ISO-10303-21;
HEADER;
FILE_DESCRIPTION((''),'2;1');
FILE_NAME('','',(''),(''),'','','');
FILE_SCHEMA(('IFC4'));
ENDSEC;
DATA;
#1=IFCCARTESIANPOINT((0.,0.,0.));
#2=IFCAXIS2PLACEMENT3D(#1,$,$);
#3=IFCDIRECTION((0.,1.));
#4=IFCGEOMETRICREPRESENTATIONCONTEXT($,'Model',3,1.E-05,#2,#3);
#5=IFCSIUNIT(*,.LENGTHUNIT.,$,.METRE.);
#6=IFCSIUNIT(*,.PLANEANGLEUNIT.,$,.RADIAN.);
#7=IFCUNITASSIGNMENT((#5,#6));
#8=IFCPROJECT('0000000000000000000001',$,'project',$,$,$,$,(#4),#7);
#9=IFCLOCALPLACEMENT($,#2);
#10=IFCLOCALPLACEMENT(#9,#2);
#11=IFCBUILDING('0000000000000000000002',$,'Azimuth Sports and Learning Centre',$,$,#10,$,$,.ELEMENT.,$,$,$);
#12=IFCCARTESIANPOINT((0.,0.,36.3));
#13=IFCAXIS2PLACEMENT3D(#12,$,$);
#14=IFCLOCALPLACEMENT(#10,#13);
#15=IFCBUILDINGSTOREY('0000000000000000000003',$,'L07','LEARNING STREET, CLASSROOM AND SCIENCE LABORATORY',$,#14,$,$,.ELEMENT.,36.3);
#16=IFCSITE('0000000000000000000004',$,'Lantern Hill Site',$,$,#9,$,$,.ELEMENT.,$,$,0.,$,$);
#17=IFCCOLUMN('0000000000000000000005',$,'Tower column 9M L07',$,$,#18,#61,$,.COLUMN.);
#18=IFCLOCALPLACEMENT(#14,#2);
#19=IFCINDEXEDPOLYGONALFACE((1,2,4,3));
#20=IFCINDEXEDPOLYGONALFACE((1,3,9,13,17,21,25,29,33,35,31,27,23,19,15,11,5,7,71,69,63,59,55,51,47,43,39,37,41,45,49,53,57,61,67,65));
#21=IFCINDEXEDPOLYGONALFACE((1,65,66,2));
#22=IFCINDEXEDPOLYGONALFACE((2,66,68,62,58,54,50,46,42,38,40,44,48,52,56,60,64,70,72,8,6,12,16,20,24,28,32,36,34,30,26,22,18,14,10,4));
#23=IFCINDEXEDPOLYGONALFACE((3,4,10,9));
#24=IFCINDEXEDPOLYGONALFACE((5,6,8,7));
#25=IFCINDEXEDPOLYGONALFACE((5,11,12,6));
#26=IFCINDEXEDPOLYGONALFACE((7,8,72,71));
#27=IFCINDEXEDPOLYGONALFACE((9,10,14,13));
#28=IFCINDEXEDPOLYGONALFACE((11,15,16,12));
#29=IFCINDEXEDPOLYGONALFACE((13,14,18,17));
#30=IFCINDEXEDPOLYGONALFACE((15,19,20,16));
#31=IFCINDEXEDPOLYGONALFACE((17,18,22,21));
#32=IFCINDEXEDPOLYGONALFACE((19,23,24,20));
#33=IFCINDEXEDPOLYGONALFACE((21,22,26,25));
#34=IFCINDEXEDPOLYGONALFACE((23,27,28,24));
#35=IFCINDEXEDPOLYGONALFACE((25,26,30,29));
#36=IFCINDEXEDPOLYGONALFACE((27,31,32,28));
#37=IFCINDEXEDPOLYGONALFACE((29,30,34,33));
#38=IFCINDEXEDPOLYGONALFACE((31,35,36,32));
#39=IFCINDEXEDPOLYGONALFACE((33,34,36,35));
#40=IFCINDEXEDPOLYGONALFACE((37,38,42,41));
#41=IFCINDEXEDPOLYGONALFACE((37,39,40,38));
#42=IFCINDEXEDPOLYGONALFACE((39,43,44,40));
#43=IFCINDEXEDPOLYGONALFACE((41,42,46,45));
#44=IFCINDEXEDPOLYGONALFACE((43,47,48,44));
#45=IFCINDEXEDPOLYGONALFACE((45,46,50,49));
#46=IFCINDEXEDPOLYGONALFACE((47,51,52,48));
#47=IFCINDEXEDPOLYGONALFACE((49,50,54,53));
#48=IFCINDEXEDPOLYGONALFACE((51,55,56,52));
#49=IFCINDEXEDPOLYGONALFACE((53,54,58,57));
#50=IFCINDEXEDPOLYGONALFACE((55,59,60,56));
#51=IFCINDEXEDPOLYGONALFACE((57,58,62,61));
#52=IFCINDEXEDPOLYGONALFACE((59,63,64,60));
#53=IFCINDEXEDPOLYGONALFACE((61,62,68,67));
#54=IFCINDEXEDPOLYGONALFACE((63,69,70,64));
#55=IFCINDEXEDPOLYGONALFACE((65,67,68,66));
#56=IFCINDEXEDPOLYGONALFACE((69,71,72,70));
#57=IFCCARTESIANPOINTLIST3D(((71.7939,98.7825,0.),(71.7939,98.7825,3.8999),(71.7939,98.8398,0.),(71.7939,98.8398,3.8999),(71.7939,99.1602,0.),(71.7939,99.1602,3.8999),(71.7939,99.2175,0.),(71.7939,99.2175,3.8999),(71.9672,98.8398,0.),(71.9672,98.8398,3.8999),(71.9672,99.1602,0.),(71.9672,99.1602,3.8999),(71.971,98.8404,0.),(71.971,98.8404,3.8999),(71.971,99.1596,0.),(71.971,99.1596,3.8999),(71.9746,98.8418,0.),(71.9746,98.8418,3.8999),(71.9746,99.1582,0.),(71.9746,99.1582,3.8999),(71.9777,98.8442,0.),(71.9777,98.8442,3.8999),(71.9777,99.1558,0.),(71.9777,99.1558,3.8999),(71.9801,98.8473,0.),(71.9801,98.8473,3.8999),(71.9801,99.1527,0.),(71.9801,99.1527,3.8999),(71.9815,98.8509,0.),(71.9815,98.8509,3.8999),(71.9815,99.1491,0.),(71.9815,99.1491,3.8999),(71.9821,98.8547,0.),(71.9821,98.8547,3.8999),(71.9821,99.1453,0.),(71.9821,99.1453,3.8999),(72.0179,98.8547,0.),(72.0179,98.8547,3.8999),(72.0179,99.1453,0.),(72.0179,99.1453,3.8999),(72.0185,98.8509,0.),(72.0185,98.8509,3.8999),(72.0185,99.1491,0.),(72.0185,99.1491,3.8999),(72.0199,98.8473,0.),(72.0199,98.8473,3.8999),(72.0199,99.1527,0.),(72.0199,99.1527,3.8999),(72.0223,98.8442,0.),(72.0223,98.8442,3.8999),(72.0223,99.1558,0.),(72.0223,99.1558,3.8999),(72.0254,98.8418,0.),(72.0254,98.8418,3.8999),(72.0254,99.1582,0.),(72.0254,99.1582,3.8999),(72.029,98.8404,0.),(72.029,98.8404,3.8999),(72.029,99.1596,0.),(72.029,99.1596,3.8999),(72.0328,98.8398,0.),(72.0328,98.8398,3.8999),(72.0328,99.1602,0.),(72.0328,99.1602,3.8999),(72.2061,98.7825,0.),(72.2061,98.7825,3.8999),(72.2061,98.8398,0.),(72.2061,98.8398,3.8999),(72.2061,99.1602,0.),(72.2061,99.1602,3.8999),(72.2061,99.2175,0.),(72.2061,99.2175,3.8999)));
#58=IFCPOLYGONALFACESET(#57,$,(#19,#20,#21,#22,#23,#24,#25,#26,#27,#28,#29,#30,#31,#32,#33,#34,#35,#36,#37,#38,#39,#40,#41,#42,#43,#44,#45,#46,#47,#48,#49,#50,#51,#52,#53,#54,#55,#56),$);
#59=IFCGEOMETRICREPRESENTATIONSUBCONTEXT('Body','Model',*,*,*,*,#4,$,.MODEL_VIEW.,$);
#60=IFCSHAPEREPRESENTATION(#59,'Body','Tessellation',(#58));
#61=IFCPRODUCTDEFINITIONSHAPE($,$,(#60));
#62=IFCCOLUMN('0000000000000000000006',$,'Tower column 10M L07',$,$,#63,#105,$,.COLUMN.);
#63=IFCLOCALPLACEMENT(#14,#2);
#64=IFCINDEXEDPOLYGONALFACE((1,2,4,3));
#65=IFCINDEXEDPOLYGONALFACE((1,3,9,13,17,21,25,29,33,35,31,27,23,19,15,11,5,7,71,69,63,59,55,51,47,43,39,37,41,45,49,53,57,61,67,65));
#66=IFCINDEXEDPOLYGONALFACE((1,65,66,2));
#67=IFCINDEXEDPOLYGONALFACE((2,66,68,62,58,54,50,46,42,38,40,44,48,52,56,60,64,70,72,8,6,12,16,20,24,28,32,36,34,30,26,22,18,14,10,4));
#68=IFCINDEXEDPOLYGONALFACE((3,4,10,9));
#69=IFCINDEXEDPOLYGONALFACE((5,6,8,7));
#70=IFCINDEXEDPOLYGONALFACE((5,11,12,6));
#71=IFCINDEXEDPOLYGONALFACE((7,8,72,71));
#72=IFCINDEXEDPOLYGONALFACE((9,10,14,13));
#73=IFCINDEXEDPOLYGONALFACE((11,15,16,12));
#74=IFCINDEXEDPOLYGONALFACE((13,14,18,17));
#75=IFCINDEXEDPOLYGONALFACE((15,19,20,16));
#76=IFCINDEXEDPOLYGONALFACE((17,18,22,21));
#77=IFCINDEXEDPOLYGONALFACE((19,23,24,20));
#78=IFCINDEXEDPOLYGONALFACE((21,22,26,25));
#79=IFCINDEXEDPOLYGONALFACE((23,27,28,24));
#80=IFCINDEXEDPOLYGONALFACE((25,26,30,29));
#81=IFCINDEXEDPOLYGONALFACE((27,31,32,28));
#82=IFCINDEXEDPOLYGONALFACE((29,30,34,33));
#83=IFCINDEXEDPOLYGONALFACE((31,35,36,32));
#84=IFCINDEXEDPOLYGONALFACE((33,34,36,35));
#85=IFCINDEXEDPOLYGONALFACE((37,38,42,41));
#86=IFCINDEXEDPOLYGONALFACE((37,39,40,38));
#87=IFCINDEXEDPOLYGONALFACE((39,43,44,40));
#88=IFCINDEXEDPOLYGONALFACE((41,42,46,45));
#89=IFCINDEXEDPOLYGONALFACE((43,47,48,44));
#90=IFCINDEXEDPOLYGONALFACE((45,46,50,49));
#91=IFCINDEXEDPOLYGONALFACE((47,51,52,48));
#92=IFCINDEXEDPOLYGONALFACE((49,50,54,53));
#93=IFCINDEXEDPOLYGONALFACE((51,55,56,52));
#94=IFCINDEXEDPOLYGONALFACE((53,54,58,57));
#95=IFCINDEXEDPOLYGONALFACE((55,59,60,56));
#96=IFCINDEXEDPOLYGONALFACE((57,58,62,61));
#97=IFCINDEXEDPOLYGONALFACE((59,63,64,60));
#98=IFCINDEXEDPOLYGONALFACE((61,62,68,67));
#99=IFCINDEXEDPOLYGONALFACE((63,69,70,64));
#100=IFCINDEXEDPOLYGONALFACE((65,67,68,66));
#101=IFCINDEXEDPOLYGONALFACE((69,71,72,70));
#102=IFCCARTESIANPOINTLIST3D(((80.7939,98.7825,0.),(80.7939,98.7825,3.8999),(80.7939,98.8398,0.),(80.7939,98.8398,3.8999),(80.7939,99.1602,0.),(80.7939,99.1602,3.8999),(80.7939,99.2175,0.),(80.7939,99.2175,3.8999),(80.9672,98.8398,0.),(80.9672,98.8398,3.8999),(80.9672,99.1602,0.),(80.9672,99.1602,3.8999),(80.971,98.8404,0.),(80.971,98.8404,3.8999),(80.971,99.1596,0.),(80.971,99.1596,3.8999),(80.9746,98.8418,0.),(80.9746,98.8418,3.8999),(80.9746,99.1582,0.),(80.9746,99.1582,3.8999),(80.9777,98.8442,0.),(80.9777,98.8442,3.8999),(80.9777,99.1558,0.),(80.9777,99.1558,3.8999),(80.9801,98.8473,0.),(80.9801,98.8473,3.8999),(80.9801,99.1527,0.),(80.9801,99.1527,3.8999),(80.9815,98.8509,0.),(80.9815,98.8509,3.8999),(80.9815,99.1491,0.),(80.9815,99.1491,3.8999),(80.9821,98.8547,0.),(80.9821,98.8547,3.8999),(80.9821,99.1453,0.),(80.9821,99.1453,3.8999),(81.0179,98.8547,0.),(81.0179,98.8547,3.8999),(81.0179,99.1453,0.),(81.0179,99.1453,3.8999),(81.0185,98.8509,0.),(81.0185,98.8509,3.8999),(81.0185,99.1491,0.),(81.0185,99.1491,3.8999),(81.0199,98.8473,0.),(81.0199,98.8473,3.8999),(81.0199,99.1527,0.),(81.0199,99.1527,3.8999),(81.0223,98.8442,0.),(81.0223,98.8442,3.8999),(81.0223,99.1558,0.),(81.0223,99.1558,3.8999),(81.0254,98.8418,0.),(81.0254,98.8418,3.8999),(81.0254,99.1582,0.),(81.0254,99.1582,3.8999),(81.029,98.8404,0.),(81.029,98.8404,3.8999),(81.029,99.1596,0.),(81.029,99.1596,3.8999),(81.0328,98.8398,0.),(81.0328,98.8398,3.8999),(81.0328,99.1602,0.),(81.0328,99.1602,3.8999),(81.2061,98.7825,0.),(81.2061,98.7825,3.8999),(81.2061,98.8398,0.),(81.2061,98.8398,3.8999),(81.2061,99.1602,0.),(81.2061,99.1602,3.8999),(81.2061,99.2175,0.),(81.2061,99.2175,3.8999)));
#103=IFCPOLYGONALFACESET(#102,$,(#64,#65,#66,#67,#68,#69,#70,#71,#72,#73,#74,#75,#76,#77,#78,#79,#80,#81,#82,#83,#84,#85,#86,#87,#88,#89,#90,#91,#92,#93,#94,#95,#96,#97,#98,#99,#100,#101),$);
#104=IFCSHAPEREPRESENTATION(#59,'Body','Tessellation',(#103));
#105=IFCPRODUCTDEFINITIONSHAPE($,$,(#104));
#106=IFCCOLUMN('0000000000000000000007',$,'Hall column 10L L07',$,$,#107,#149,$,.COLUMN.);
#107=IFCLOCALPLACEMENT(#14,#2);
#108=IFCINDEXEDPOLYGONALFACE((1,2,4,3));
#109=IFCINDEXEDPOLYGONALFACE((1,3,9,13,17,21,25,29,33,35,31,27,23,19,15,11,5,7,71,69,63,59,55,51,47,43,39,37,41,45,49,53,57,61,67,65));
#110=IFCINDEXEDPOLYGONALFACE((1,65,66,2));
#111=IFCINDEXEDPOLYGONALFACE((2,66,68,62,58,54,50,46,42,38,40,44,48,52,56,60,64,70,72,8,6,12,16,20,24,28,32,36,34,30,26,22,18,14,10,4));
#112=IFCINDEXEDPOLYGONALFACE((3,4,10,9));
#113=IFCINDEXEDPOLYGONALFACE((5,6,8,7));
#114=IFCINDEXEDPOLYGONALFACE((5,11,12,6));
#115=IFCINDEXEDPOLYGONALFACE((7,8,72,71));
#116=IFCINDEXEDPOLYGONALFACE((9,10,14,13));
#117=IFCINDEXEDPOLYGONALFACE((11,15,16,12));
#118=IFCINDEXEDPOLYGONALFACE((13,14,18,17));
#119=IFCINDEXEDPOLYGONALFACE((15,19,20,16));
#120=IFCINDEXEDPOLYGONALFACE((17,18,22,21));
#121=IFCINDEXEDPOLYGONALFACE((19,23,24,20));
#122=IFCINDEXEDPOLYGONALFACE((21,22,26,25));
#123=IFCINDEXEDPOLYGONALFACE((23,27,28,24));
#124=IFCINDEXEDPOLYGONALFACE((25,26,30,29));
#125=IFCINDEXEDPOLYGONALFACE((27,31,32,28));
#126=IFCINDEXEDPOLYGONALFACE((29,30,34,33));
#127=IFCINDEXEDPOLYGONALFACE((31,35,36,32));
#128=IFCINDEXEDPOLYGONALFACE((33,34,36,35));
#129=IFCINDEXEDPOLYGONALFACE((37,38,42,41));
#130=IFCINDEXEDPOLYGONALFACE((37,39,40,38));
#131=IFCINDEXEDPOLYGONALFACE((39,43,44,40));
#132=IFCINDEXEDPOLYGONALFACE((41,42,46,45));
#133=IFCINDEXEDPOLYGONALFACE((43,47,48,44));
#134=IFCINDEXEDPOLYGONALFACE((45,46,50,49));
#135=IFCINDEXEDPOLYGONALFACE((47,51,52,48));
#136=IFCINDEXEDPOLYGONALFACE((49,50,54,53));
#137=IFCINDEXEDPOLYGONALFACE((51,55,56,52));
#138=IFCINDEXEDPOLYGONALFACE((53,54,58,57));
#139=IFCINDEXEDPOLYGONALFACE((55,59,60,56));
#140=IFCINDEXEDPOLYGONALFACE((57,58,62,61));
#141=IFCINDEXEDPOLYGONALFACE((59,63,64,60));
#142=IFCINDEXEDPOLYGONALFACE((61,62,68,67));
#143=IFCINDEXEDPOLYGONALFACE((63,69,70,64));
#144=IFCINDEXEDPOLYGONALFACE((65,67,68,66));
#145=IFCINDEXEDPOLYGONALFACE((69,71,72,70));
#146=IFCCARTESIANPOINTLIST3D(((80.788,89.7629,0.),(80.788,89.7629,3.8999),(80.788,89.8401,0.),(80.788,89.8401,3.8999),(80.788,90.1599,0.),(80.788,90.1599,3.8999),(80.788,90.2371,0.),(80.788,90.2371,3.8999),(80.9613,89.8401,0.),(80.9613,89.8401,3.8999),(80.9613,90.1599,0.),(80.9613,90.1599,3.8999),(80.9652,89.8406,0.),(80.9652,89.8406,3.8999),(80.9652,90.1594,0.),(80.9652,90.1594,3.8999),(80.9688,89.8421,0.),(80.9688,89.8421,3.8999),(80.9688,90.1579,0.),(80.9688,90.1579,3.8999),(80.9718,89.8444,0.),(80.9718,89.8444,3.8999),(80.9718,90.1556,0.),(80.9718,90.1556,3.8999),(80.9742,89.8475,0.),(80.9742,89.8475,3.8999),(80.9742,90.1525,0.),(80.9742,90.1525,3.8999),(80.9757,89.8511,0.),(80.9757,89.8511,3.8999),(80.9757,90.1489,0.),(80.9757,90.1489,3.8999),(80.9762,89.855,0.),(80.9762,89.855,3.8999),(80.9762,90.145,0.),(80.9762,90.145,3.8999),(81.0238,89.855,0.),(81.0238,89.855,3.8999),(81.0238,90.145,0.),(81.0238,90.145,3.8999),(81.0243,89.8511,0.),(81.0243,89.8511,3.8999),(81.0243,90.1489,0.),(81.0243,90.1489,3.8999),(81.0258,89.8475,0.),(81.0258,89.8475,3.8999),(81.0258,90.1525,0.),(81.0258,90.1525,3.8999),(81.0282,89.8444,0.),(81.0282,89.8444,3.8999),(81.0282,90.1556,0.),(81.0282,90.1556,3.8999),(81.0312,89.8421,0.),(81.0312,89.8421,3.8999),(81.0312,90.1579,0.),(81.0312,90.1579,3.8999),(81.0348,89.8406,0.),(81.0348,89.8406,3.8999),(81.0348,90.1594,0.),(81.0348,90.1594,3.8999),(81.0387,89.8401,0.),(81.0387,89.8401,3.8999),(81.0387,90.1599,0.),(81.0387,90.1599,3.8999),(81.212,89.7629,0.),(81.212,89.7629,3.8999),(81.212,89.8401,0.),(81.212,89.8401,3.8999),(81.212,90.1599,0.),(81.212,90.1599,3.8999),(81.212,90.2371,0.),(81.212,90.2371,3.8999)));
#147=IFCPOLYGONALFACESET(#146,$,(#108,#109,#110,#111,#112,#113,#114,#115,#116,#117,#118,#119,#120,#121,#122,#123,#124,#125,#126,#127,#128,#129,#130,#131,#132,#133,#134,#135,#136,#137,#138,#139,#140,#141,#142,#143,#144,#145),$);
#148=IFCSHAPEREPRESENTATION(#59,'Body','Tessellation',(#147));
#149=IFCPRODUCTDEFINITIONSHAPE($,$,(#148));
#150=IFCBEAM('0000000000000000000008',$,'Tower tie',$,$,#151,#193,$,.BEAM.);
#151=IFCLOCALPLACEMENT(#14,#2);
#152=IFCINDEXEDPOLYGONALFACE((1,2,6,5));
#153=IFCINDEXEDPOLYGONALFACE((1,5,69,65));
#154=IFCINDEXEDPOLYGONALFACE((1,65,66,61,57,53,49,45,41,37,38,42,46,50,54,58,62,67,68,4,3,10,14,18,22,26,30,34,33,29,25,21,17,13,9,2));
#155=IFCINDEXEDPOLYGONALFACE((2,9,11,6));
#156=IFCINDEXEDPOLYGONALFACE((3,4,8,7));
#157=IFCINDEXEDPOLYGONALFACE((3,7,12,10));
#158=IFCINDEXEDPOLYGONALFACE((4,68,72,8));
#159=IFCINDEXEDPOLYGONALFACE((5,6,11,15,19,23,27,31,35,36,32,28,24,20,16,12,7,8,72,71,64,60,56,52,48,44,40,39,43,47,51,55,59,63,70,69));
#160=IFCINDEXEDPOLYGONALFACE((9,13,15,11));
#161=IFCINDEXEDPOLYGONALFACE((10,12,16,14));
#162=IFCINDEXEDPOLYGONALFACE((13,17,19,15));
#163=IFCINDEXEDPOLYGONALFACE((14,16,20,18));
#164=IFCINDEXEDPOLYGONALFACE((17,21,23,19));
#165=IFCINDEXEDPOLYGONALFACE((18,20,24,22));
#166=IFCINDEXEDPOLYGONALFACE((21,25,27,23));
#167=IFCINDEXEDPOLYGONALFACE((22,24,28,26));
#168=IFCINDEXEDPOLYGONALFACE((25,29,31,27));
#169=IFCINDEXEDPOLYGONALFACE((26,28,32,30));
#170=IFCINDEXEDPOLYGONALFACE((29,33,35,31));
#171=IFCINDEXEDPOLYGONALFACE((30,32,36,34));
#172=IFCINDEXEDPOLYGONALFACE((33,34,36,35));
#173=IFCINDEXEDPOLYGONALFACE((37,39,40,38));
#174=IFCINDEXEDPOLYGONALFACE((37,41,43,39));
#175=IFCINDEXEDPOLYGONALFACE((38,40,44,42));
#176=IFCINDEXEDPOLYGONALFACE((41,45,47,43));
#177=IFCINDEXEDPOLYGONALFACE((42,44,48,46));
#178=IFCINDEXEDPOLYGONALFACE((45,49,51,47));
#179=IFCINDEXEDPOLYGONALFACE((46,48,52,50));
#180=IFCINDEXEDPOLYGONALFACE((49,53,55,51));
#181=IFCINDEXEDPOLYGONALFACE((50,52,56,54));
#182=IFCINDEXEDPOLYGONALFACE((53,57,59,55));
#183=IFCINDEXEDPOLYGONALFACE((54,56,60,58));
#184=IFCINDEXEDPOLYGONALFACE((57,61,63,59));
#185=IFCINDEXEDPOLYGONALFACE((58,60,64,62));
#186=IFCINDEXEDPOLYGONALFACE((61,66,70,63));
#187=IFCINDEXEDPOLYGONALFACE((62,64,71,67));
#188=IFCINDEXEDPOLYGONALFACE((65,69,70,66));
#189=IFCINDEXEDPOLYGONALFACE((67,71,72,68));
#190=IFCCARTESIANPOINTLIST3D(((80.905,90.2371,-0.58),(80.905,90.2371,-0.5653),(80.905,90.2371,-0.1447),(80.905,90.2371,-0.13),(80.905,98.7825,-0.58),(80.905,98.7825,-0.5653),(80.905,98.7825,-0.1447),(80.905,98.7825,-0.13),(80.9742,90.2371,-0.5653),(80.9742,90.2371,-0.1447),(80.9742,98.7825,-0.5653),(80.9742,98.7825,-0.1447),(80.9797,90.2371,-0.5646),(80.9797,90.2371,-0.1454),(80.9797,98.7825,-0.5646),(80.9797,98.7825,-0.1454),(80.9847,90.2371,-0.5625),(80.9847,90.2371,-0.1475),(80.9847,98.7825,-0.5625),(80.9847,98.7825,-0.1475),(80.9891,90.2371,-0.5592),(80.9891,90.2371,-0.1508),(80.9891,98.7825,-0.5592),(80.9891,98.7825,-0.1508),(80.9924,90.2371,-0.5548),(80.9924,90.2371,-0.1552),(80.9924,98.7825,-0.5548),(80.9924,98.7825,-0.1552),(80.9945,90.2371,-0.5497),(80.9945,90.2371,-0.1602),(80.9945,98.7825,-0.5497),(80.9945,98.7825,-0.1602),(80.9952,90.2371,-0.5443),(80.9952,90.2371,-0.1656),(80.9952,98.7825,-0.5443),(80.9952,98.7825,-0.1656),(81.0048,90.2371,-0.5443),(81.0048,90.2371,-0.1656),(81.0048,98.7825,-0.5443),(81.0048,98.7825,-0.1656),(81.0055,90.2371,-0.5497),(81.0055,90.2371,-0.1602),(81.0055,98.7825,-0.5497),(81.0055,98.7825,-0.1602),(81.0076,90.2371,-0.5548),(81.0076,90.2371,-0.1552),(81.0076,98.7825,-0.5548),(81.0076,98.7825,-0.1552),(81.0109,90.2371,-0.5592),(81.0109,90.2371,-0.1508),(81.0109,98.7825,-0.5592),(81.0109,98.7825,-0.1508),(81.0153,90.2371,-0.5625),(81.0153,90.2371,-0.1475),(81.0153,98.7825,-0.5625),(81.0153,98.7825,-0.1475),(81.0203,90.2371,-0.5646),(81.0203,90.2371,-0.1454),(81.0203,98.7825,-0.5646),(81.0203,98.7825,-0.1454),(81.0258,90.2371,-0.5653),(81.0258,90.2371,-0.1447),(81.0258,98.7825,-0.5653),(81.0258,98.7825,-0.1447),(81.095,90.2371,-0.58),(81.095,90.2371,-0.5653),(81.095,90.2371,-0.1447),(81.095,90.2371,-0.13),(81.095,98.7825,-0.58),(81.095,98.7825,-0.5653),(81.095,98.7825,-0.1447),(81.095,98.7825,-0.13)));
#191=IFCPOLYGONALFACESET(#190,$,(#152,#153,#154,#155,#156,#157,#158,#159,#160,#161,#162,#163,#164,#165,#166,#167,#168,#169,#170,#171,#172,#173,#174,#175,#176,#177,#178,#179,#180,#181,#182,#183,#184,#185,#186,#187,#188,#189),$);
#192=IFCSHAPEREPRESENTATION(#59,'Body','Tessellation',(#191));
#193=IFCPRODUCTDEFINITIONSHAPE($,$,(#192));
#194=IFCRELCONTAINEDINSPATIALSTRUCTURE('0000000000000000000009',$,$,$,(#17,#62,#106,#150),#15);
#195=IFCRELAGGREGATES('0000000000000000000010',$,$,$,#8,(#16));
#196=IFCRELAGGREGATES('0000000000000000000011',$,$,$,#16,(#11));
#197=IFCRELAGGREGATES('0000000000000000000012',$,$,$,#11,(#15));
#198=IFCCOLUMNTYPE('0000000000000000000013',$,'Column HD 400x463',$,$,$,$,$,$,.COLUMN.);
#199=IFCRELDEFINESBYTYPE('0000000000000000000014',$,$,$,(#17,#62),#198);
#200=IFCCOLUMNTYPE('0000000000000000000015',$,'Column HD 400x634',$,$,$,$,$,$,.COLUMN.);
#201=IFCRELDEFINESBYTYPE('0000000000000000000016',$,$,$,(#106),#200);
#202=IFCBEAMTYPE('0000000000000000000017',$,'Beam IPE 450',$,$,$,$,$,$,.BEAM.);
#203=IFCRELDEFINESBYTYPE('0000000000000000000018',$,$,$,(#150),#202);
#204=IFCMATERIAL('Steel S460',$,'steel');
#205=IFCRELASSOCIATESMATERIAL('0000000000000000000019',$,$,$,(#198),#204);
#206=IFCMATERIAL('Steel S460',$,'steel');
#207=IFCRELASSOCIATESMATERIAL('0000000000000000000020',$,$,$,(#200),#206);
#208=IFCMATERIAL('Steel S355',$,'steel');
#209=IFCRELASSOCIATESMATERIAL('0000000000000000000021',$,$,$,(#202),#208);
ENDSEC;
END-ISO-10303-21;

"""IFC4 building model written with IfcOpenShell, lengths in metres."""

from ifc_helpers import new_model, si_unit, direction, frame, origin, origin_2d, place, context, subcontext, project, spatial, i_section, extrude, material, material_profile, profile_set, type_object, element, save


model = new_model("IFC4")

# Units and contexts
model_context = context("Model", 3, precision=1e-05, world=origin(), true_north=direction((0.0, 1.0)))
body_context = subcontext(model_context, "Body", "Model", "MODEL_VIEW")
ifc_project = project(units=[si_unit("LENGTHUNIT", "METRE"), si_unit("PLANEANGLEUNIT", "RADIAN")], contexts=[model_context])

# Site, building, storey
site_placement = place(None, origin())
site = spatial("IfcSite", under=ifc_project, at=site_placement, Name="Lantern Hill Site", CompositionType="ELEMENT", RefElevation=0.0)
building_placement = place(site_placement, origin())
building = spatial("IfcBuilding", under=site, at=building_placement, Name="Azimuth Sports and Learning Centre", CompositionType="ELEMENT")
storey_placement = place(building_placement, frame((0.0, 0.0, 36.3)))
storey = spatial("IfcBuildingStorey", under=building, at=storey_placement, Name="L07", Description="LEARNING STREET, CLASSROOM AND SCIENCE LABORATORY", CompositionType="ELEMENT", Elevation=36.3)

# Columns
ifc_material_1 = material(Name="Steel S460", Category="steel")
ifc_material_profile_1 = material_profile(ifc_material_1, i_section(OverallWidth=0.4121, OverallDepth=0.4351, WebThickness=0.0359, FlangeThickness=0.0574, FilletRadius=0.0149, at=origin_2d()), Name="HD 400x463")
ifc_profile_set_1 = profile_set([ifc_material_profile_1], Name="Steel S460")
column_type_1 = type_object("IfcColumnType", Name="Column HD 400x463", PredefinedType="COLUMN", material=ifc_profile_set_1)
for number, where, z_axis, x_axis, name in (
    (1, (72.0, 99.0, 0.0), (0.0, 0.0, 1.0), (1.0, 0.0, 0.0), "Tower column 9M L07"),
    (2, (81.0, 99.0, 0.0), (0.0, 0.0, 1.0), (1.0, 0.0, 0.0), "Tower column 10M L07"),
):
    element("IfcColumn", number, at=place(storey_placement, frame(where, z_axis=z_axis, x_axis=x_axis)), inside=storey, type_object=column_type_1, Name=name, PredefinedType="COLUMN", context=body_context, shape_type="SweptSolid", body=[
        extrude(i_section(OverallWidth=0.4121, OverallDepth=0.4351, WebThickness=0.0359, FlangeThickness=0.0574, FilletRadius=0.0149, at=origin_2d()), origin(), (0.0, 0.0, 1.0), 3.8999),
    ])
ifc_material_2 = material(Name="Steel S460", Category="steel")
ifc_material_profile_2 = material_profile(ifc_material_2, i_section(OverallWidth=0.4241, OverallDepth=0.4741, WebThickness=0.0476, FlangeThickness=0.0771, FilletRadius=0.0149, at=origin_2d()), Name="HD 400x634")
ifc_profile_set_2 = profile_set([ifc_material_profile_2], Name="Steel S460")
column_type_2 = type_object("IfcColumnType", Name="Column HD 400x634", PredefinedType="COLUMN", material=ifc_profile_set_2)
column_placement = place(storey_placement, frame((81.0, 90.0, 0.0), z_axis=(0.0, 0.0, 1.0), x_axis=(1.0, 0.0, 0.0)))
element("IfcColumn", 3, at=column_placement, inside=storey, type_object=column_type_2, Name="Hall column 10L L07", PredefinedType="COLUMN", context=body_context, shape_type="SweptSolid", body=[
    extrude(i_section(OverallWidth=0.4241, OverallDepth=0.4741, WebThickness=0.0476, FlangeThickness=0.0771, FilletRadius=0.0149, at=origin_2d()), origin(), (0.0, 0.0, 1.0), 3.8999),
])

# Beam
ifc_material_3 = material(Name="Steel S355", Category="steel")
ifc_material_profile_3 = material_profile(ifc_material_3, i_section(OverallWidth=0.1899, OverallDepth=0.45, WebThickness=0.0095, FlangeThickness=0.0146, FilletRadius=0.021, at=origin_2d()), Name="IPE 450")
ifc_profile_set_3 = profile_set([ifc_material_profile_3], Name="Steel S355")
beam_type_1 = type_object("IfcBeamType", Name="Beam IPE 450", PredefinedType="BEAM", material=ifc_profile_set_3)
beam_1_placement = place(storey_placement, frame((81.0, 90.2371, -0.355), z_axis=(0.0, 1.0, 0.0), x_axis=(-1.0, 0.0, 0.0)))
element("IfcBeam", 4, at=beam_1_placement, inside=storey, type_object=beam_type_1, Name="Tower tie", PredefinedType="BEAM", context=body_context, shape_type="SweptSolid", body=[
    extrude(i_section(OverallWidth=0.1899, OverallDepth=0.45, WebThickness=0.0095, FlangeThickness=0.0146, FilletRadius=0.021, at=origin_2d()), origin(), (0.0, 0.0, 1.0), 8.5454),
])

save(model, "model.ifc")
